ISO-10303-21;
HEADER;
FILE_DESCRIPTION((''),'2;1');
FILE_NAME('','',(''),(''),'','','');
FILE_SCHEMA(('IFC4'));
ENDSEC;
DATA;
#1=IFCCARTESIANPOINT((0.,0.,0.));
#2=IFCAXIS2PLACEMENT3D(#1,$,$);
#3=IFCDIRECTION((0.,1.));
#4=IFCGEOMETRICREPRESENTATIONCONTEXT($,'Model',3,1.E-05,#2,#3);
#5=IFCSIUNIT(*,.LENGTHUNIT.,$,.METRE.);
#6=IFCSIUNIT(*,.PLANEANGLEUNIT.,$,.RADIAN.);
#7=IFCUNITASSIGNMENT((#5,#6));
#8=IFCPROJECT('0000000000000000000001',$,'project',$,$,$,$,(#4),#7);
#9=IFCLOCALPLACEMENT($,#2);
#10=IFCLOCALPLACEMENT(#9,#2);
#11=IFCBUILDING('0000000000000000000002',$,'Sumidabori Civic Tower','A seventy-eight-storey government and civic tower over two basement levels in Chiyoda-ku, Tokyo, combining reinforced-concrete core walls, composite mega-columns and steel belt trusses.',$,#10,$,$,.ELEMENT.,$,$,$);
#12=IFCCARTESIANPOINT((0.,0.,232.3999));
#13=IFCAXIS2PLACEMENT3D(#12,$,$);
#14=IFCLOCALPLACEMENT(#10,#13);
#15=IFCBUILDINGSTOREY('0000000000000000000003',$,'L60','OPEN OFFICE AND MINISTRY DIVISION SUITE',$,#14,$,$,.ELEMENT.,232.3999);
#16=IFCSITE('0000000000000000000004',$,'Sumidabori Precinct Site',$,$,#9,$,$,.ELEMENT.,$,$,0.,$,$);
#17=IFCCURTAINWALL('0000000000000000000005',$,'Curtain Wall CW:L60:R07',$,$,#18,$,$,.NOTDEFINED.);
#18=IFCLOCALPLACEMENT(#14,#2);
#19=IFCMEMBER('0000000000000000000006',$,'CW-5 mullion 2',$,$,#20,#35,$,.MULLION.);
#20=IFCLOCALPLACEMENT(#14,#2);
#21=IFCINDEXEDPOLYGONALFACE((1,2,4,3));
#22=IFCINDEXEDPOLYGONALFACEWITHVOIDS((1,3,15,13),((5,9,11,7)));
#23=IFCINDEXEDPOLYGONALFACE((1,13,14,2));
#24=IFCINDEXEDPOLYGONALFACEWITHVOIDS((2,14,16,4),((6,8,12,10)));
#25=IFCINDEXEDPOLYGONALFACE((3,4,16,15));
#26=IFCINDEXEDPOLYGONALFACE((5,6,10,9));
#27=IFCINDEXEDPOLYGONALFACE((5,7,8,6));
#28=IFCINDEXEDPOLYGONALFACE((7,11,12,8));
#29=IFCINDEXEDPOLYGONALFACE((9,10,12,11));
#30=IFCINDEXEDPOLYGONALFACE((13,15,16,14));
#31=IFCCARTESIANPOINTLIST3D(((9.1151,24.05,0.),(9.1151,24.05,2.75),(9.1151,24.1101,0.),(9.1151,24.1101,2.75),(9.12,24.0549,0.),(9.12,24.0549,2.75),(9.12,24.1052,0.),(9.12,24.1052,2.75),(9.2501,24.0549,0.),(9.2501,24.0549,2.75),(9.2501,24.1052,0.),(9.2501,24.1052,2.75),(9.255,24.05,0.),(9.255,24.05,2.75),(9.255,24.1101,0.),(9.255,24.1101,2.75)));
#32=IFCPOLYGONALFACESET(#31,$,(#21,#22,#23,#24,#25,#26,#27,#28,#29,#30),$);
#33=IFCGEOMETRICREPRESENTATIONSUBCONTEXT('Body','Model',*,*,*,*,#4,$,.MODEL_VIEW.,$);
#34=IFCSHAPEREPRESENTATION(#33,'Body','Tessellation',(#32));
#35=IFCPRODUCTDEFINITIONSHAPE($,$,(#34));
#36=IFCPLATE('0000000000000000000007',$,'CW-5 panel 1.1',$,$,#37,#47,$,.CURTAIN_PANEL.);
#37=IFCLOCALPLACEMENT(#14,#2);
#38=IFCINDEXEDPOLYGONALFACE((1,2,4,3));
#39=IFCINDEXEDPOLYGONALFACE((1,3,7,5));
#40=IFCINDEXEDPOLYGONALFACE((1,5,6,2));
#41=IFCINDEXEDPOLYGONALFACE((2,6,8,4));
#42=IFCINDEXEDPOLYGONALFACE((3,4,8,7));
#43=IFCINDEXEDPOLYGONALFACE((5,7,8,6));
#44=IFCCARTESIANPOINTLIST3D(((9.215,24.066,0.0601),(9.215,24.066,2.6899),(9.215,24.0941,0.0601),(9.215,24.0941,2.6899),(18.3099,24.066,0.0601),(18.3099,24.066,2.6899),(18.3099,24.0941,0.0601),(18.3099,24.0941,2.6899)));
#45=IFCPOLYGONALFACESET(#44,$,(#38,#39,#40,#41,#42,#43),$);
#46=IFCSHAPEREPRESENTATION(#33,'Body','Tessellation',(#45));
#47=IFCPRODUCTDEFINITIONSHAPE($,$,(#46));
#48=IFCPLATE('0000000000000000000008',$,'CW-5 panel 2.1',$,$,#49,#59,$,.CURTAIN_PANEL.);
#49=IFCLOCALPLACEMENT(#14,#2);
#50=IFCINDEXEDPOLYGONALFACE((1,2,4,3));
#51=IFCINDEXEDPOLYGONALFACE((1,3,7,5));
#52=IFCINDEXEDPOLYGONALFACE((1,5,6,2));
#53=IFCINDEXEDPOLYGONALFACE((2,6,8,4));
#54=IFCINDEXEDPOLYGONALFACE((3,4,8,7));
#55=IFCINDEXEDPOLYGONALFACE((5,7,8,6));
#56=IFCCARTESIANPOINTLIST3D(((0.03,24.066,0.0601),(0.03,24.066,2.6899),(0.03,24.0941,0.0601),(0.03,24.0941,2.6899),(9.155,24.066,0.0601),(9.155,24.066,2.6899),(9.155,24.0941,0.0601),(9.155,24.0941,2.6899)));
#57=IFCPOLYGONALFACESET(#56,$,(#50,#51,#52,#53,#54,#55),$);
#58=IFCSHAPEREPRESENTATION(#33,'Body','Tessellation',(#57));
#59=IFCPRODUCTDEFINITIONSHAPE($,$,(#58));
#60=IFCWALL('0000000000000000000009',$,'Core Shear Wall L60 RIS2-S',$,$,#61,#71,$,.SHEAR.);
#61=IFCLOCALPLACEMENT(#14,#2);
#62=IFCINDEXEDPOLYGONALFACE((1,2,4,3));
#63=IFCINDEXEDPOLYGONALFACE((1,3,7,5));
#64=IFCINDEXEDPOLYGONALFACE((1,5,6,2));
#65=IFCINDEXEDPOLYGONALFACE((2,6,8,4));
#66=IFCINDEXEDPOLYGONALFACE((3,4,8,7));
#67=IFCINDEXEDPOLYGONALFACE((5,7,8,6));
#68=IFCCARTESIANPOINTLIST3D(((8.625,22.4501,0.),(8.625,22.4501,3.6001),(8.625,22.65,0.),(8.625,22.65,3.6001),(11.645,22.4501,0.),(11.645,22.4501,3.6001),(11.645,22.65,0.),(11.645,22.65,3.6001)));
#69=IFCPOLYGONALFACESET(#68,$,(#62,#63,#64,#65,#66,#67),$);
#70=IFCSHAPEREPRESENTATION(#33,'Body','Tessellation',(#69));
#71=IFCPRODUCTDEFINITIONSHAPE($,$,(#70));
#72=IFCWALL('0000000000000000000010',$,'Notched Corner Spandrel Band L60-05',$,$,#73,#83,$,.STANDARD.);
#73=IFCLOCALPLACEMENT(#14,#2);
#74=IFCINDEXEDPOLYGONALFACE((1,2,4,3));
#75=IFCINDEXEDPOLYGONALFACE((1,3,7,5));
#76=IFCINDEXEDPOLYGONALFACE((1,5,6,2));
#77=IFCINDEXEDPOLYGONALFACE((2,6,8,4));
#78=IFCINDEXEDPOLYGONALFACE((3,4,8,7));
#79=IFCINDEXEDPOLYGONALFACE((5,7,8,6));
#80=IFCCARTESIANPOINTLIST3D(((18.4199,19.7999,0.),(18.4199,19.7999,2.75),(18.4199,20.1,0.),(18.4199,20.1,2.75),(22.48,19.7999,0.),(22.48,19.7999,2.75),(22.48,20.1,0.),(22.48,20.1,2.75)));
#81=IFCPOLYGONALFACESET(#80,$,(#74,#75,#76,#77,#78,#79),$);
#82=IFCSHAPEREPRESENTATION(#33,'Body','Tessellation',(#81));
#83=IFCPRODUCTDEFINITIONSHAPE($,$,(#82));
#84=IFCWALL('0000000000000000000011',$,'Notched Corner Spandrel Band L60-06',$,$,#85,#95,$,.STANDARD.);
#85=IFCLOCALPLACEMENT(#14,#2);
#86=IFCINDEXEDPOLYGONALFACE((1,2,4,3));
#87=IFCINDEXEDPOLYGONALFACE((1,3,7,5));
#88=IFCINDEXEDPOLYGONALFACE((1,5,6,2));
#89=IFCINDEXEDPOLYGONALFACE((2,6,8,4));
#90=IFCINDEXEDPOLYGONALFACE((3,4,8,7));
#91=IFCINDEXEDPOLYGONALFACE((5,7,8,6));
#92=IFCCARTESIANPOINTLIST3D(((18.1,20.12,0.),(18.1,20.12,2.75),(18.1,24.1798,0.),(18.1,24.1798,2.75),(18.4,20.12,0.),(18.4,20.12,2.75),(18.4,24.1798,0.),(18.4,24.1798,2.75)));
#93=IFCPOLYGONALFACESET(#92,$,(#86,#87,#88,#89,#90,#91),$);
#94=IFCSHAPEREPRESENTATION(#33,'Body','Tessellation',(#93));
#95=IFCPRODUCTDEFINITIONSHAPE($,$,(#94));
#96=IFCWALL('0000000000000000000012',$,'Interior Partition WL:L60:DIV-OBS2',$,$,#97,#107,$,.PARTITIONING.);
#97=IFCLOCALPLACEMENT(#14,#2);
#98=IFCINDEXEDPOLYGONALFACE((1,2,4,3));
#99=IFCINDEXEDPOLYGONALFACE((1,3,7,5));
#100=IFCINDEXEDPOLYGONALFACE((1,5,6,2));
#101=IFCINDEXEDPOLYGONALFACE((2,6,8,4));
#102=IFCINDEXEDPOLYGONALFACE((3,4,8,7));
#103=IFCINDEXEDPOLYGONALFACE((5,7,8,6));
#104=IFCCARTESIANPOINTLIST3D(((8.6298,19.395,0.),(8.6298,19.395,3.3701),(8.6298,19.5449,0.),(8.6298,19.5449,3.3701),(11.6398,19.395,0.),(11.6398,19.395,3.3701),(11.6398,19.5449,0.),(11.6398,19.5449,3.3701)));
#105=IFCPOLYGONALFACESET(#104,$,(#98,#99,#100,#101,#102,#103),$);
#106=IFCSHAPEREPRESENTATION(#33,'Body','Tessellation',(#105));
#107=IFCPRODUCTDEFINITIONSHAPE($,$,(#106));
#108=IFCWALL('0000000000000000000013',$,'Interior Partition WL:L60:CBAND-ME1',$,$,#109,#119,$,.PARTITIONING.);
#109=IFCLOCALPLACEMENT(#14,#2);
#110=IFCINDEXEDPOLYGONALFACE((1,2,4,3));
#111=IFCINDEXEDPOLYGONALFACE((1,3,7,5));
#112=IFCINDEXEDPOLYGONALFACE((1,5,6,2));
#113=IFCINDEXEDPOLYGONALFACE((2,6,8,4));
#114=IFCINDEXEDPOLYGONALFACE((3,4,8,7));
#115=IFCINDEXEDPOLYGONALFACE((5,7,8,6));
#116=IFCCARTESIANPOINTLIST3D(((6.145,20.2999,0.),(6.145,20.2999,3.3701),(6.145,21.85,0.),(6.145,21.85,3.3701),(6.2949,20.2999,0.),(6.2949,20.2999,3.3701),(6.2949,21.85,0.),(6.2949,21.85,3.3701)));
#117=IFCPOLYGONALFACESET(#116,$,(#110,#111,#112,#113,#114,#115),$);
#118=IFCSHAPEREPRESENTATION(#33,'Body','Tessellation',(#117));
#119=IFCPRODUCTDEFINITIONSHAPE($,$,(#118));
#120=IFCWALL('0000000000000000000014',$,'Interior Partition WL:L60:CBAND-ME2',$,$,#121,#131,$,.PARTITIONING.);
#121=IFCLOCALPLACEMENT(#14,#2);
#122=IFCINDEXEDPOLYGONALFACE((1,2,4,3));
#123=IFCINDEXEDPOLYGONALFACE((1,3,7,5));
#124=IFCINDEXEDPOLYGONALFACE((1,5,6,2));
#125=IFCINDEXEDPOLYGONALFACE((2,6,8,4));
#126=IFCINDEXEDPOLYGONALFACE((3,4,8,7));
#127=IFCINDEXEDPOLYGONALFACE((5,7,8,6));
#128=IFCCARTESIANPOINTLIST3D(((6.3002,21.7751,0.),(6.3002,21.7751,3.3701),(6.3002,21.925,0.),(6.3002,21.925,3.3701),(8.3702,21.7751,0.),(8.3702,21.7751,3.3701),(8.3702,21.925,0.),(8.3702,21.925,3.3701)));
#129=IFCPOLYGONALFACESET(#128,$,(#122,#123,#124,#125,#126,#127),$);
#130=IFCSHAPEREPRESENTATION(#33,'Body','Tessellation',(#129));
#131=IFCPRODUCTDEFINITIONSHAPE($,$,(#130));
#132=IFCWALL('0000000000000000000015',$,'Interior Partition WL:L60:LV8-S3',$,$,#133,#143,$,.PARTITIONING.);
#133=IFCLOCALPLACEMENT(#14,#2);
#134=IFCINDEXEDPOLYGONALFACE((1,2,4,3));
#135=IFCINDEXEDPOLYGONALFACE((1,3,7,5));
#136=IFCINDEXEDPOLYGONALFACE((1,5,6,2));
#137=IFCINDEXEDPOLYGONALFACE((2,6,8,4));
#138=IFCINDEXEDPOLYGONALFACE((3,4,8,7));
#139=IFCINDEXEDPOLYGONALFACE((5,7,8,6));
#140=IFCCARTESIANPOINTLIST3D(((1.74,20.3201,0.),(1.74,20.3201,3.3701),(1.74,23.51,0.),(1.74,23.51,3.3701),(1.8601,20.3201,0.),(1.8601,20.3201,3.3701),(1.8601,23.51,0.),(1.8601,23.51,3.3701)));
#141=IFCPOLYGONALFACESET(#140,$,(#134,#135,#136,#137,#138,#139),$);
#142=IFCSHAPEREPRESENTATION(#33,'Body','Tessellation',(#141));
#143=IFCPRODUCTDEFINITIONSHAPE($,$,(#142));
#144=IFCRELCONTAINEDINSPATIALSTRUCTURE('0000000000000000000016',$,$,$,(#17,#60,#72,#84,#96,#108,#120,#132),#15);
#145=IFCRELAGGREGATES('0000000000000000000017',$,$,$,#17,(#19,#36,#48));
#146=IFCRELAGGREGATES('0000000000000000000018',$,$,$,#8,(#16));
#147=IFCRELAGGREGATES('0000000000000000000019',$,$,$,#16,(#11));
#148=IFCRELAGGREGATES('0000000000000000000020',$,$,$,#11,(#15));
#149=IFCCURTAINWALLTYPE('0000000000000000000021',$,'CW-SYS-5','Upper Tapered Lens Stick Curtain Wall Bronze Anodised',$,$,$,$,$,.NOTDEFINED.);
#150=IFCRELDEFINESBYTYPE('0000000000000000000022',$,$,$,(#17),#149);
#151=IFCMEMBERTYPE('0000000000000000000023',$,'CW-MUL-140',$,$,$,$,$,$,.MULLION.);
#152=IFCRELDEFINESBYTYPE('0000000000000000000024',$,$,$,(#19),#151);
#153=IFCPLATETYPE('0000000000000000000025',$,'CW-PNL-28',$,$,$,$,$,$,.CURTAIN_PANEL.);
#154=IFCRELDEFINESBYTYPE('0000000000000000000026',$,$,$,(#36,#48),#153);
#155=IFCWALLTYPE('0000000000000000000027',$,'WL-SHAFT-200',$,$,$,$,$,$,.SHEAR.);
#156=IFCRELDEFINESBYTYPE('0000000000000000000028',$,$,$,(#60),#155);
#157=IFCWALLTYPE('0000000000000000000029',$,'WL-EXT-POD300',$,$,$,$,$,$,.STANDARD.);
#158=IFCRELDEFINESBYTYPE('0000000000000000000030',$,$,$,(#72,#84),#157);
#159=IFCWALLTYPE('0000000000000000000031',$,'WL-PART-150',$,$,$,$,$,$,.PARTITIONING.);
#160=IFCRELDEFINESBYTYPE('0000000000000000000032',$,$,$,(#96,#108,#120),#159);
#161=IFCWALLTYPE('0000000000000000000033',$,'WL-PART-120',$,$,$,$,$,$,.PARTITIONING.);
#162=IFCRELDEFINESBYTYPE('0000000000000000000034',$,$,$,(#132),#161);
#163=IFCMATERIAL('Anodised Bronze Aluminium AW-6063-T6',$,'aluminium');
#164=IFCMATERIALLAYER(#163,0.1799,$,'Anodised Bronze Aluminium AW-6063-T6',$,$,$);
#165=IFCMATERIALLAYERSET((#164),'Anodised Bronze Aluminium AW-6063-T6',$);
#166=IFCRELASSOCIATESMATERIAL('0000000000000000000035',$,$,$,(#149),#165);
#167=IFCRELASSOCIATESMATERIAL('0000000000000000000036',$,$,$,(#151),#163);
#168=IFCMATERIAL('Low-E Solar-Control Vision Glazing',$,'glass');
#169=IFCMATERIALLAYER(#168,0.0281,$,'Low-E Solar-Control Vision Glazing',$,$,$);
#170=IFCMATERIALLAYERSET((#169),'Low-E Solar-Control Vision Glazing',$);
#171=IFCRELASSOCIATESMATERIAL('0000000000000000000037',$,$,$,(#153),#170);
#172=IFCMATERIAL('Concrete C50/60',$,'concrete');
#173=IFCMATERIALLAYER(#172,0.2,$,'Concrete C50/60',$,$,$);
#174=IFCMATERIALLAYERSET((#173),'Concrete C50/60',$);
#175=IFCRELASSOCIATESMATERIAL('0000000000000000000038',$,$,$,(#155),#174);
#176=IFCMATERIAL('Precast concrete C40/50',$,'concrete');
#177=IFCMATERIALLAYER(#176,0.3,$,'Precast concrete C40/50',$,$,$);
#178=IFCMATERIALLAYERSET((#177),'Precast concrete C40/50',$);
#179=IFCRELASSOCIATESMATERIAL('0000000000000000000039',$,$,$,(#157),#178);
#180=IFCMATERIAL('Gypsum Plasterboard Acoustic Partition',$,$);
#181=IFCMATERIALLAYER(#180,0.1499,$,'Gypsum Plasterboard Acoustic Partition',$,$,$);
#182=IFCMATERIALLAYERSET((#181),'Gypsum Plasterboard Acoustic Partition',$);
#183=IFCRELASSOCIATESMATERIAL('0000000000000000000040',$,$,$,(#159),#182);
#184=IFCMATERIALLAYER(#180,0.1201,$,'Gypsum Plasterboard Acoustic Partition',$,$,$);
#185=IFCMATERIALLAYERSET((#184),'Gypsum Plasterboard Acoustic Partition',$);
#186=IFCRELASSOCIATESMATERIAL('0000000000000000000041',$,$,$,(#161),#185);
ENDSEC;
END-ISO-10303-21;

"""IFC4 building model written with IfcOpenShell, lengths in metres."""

from ifc_helpers import new_model, si_unit, direction, frame, frame_2d, origin, origin_2d, place, context, subcontext, project, spatial, rectangle, hollow_rectangle, extrude, source, transform, mapped, material, layer, layer_set, material_profile, profile_set, type_object, element, aggregate, save


model = new_model("IFC4")

# Units and contexts
model_context = context("Model", 3, precision=1e-05, world=origin(), true_north=direction((0.0, 1.0)))
body_context = subcontext(model_context, "Body", "Model", "MODEL_VIEW")
ifc_project = project(units=[si_unit("LENGTHUNIT", "METRE"), si_unit("PLANEANGLEUNIT", "RADIAN")], contexts=[model_context])

# Site, building, storey
site_placement = place(None, origin())
site = spatial("IfcSite", under=ifc_project, at=site_placement, Name="Sumidabori Precinct Site", CompositionType="ELEMENT", RefElevation=0.0)
building_placement = place(site_placement, origin())
building = spatial("IfcBuilding", under=site, at=building_placement, Name="Sumidabori Civic Tower", Description="A seventy-eight-storey government and civic tower over two basement levels in Chiyoda-ku, Tokyo, combining reinforced-concrete core walls, composite mega-columns and steel belt trusses.", CompositionType="ELEMENT")
storey_placement = place(building_placement, frame((0.0, 0.0, 232.3999)))
storey = spatial("IfcBuildingStorey", under=building, at=storey_placement, Name="L60", Description="OPEN OFFICE AND MINISTRY DIVISION SUITE", CompositionType="ELEMENT", Elevation=232.3999)

# Curtain wall
ifc_material_1 = material(Name="Anodised Bronze Aluminium AW-6063-T6", Category="aluminium")
ifc_layer_1 = layer(ifc_material_1, 0.1799, Name="Anodised Bronze Aluminium AW-6063-T6")
ifc_layer_set_1 = layer_set([ifc_layer_1], Name="Anodised Bronze Aluminium AW-6063-T6")
curtain_wall_type = type_object("IfcCurtainWallType", Name="CW-SYS-5", Description="Upper Tapered Lens Stick Curtain Wall Bronze Anodised", PredefinedType="NOTDEFINED", material=ifc_layer_set_1)
curtain_wall_1_placement = place(storey_placement, origin())
curtain_wall_1 = element("IfcCurtainWall", 1, at=curtain_wall_1_placement, inside=storey, type_object=curtain_wall_type, Name="Curtain Wall CW:L60:R07", PredefinedType="NOTDEFINED")

# Shared definitions
ifc_material_profile_1 = material_profile(ifc_material_1, hollow_rectangle(XDim=0.0601, YDim=0.1399, WallThickness=0.0049, at=origin_2d()), Name="ALU MULLION 140x60")
ifc_profile_set_1 = profile_set([ifc_material_profile_1], Name="Anodised Bronze Aluminium AW-6063-T6")
member_type_1 = type_object("IfcMemberType", Name="CW-MUL-140", PredefinedType="MULLION", material=ifc_profile_set_1)
shared_shape_1 = source(origin(), body_context, "Body", "SweptSolid", [
    extrude(hollow_rectangle(XDim=0.0601, YDim=0.1399, WallThickness=0.0049, at=origin_2d()), origin(), (0.0, 0.0, 1.0), 2.75),
])

# Member
member_1_placement = place(storey_placement, frame((9.1851, 24.0801, 0.0), z_axis=(0.0, 0.0, 1.0), x_axis=(0.0, -1.0, 0.0)))
member_1 = element("IfcMember", 2, at=member_1_placement, type_object=member_type_1, Name="CW-5 mullion 2", PredefinedType="MULLION", context=body_context, shape_type="MappedRepresentation", body=[
    mapped(shared_shape_1, transform((0.0, 0.0, 0.0), x_axis=(1.0, 0.0, 0.0), y_axis=(0.0, 1.0, 0.0), z_axis=(0.0, 0.0, 1.0), scale=1.0)),
])

# Plates
ifc_material_2 = material(Name="Low-E Solar-Control Vision Glazing", Category="glass")
ifc_layer_2 = layer(ifc_material_2, 0.0281, Name="Low-E Solar-Control Vision Glazing")
ifc_layer_set_2 = layer_set([ifc_layer_2], Name="Low-E Solar-Control Vision Glazing")
plate_type = type_object("IfcPlateType", Name="CW-PNL-28", PredefinedType="CURTAIN_PANEL", material=ifc_layer_set_2)
shared_shape_2 = source(origin(), body_context, "Body", "SweptSolid", [
    extrude(rectangle(XDim=9.095, YDim=0.0281, at=origin_2d()), origin(), (0.0, 0.0, 1.0), 2.6299),
])
plate_1_placement = place(storey_placement, frame((13.7625, 24.0801, 0.0601), z_axis=(0.0, 0.0, 1.0), x_axis=(-1.0, 0.0, 0.0)))
plate_1 = element("IfcPlate", 3, at=plate_1_placement, type_object=plate_type, Name="CW-5 panel 1.1", PredefinedType="CURTAIN_PANEL", context=body_context, shape_type="MappedRepresentation", body=[
    mapped(shared_shape_2, transform((0.0, 0.0, 0.0), x_axis=(1.0, 0.0, 0.0), y_axis=(0.0, 1.0, 0.0), z_axis=(0.0, 0.0, 1.0), scale=1.0)),
])
shared_shape_3 = source(origin(), body_context, "Body", "SweptSolid", [
    extrude(rectangle(XDim=9.125, YDim=0.0281, at=origin_2d()), origin(), (0.0, 0.0, 1.0), 2.6299),
])
plate_2_placement = place(storey_placement, frame((4.5925, 24.0801, 0.0601), z_axis=(0.0, 0.0, 1.0), x_axis=(-1.0, 0.0, 0.0)))
plate_2 = element("IfcPlate", 4, at=plate_2_placement, type_object=plate_type, Name="CW-5 panel 2.1", PredefinedType="CURTAIN_PANEL", context=body_context, shape_type="MappedRepresentation", body=[
    mapped(shared_shape_3, transform((0.0, 0.0, 0.0), x_axis=(1.0, 0.0, 0.0), y_axis=(0.0, 1.0, 0.0), z_axis=(0.0, 0.0, 1.0), scale=1.0)),
])
aggregate(curtain_wall_1, [member_1, plate_1, plate_2])

# Walls
ifc_material_3 = material(Name="Concrete C50/60", Category="concrete")
ifc_layer_3 = layer(ifc_material_3, 0.2, Name="Concrete C50/60")
ifc_layer_set_3 = layer_set([ifc_layer_3], Name="Concrete C50/60")
wall_type_1 = type_object("IfcWallType", Name="WL-SHAFT-200", PredefinedType="SHEAR", material=ifc_layer_set_3)
shared_shape_4 = source(origin(), body_context, "Body", "SweptSolid", [
    extrude(rectangle(XDim=3.02, YDim=0.2, at=frame_2d((1.51, 0.0))), origin(), (0.0, 0.0, 1.0), 3.6001),
])
wall_1_placement = place(storey_placement, frame((8.625, 22.55, 0.0), z_axis=(0.0, 0.0, 1.0), x_axis=(1.0, 0.0, 0.0)))
element("IfcWall", 5, at=wall_1_placement, inside=storey, type_object=wall_type_1, Name="Core Shear Wall L60 RIS2-S", PredefinedType="SHEAR", context=body_context, shape_type="MappedRepresentation", body=[
    mapped(shared_shape_4, transform((0.0, 0.0, 0.0), x_axis=(1.0, 0.0, 0.0), y_axis=(0.0, 1.0, 0.0), z_axis=(0.0, 0.0, 1.0), scale=1.0)),
])
ifc_material_4 = material(Name="Precast concrete C40/50", Category="concrete")
ifc_layer_4 = layer(ifc_material_4, 0.3, Name="Precast concrete C40/50")
ifc_layer_set_4 = layer_set([ifc_layer_4], Name="Precast concrete C40/50")
wall_type_2 = type_object("IfcWallType", Name="WL-EXT-POD300", PredefinedType="STANDARD", material=ifc_layer_set_4)
shared_shape_5 = source(origin(), body_context, "Body", "SweptSolid", [
    extrude(rectangle(XDim=4.0601, YDim=0.3, at=frame_2d((2.03, 0.0))), origin(), (0.0, 0.0, 1.0), 2.75),
])
wall_2_placement = place(storey_placement, frame((22.48, 19.95, 0.0), z_axis=(0.0, 0.0, 1.0), x_axis=(-1.0, 0.0, 0.0)))
element("IfcWall", 6, at=wall_2_placement, inside=storey, type_object=wall_type_2, Name="Notched Corner Spandrel Band L60-05", PredefinedType="STANDARD", context=body_context, shape_type="MappedRepresentation", body=[
    mapped(shared_shape_5, transform((0.0, 0.0, 0.0), x_axis=(1.0, 0.0, 0.0), y_axis=(0.0, 1.0, 0.0), z_axis=(0.0, 0.0, 1.0), scale=1.0)),
])
shared_shape_6 = source(origin(), body_context, "Body", "SweptSolid", [
    extrude(rectangle(XDim=4.0598, YDim=0.3, at=frame_2d((2.0298, 0.0))), origin(), (0.0, 0.0, 1.0), 2.75),
])
wall_3_placement = place(storey_placement, frame((18.25, 20.1201, 0.0), z_axis=(0.0, 0.0, 1.0), x_axis=(0.0, 1.0, 0.0)))
element("IfcWall", 7, at=wall_3_placement, inside=storey, type_object=wall_type_2, Name="Notched Corner Spandrel Band L60-06", PredefinedType="STANDARD", context=body_context, shape_type="MappedRepresentation", body=[
    mapped(shared_shape_6, transform((0.0, 0.0, 0.0), x_axis=(1.0, 0.0, 0.0), y_axis=(0.0, 1.0, 0.0), z_axis=(0.0, 0.0, 1.0), scale=1.0)),
])
ifc_material_5 = material(Name="Gypsum Plasterboard Acoustic Partition")
ifc_layer_5 = layer(ifc_material_5, 0.1499, Name="Gypsum Plasterboard Acoustic Partition")
ifc_layer_set_5 = layer_set([ifc_layer_5], Name="Gypsum Plasterboard Acoustic Partition")
wall_type_3 = type_object("IfcWallType", Name="WL-PART-150", PredefinedType="PARTITIONING", material=ifc_layer_set_5)
shared_shape_7 = source(origin(), body_context, "Body", "SweptSolid", [
    extrude(rectangle(XDim=3.01, YDim=0.1499, at=frame_2d((1.5049, 0.0))), origin(), (0.0, 0.0, 1.0), 3.3701),
])
wall_4_placement = place(storey_placement, frame((8.6299, 19.47, 0.0), z_axis=(0.0, 0.0, 1.0), x_axis=(1.0, 0.0, 0.0)))
element("IfcWall", 8, at=wall_4_placement, inside=storey, type_object=wall_type_3, Name="Interior Partition WL:L60:DIV-OBS2", PredefinedType="PARTITIONING", context=body_context, shape_type="MappedRepresentation", body=[
    mapped(shared_shape_7, transform((0.0, 0.0, 0.0), x_axis=(1.0, 0.0, 0.0), y_axis=(0.0, 1.0, 0.0), z_axis=(0.0, 0.0, 1.0), scale=1.0)),
])
shared_shape_8 = source(origin(), body_context, "Body", "SweptSolid", [
    extrude(rectangle(XDim=1.55, YDim=0.1499, at=frame_2d((0.7749, 0.0))), origin(), (0.0, 0.0, 1.0), 3.3701),
])
wall_5_placement = place(storey_placement, frame((6.22, 20.3, 0.0), z_axis=(0.0, 0.0, 1.0), x_axis=(0.0, 1.0, 0.0)))
element("IfcWall", 9, at=wall_5_placement, inside=storey, type_object=wall_type_3, Name="Interior Partition WL:L60:CBAND-ME1", PredefinedType="PARTITIONING", context=body_context, shape_type="MappedRepresentation", body=[
    mapped(shared_shape_8, transform((0.0, 0.0, 0.0), x_axis=(1.0, 0.0, 0.0), y_axis=(0.0, 1.0, 0.0), z_axis=(0.0, 0.0, 1.0), scale=1.0)),
])
shared_shape_9 = source(origin(), body_context, "Body", "SweptSolid", [
    extrude(rectangle(XDim=2.0701, YDim=0.1499, at=frame_2d((1.0352, 0.0))), origin(), (0.0, 0.0, 1.0), 3.3701),
])
wall_6_placement = place(storey_placement, frame((6.3, 21.8501, 0.0), z_axis=(0.0, 0.0, 1.0), x_axis=(1.0, 0.0, 0.0)))
element("IfcWall", 10, at=wall_6_placement, inside=storey, type_object=wall_type_3, Name="Interior Partition WL:L60:CBAND-ME2", PredefinedType="PARTITIONING", context=body_context, shape_type="MappedRepresentation", body=[
    mapped(shared_shape_9, transform((0.0, 0.0, 0.0), x_axis=(1.0, 0.0, 0.0), y_axis=(0.0, 1.0, 0.0), z_axis=(0.0, 0.0, 1.0), scale=1.0)),
])
ifc_layer_6 = layer(ifc_material_5, 0.1201, Name="Gypsum Plasterboard Acoustic Partition")
ifc_layer_set_6 = layer_set([ifc_layer_6], Name="Gypsum Plasterboard Acoustic Partition")
wall_type_4 = type_object("IfcWallType", Name="WL-PART-120", PredefinedType="PARTITIONING", material=ifc_layer_set_6)
shared_shape_10 = source(origin(), body_context, "Body", "SweptSolid", [
    extrude(rectangle(XDim=3.1899, YDim=0.1201, at=frame_2d((1.595, 0.0))), origin(), (0.0, 0.0, 1.0), 3.3701),
])
wall_7_placement = place(storey_placement, frame((1.8, 20.3201, 0.0), z_axis=(0.0, 0.0, 1.0), x_axis=(0.0, 1.0, 0.0)))
element("IfcWall", 11, at=wall_7_placement, inside=storey, type_object=wall_type_4, Name="Interior Partition WL:L60:LV8-S3", PredefinedType="PARTITIONING", context=body_context, shape_type="MappedRepresentation", body=[
    mapped(shared_shape_10, transform((0.0, 0.0, 0.0), x_axis=(1.0, 0.0, 0.0), y_axis=(0.0, 1.0, 0.0), z_axis=(0.0, 0.0, 1.0), scale=1.0)),
])

save(model, "model.ifc")
